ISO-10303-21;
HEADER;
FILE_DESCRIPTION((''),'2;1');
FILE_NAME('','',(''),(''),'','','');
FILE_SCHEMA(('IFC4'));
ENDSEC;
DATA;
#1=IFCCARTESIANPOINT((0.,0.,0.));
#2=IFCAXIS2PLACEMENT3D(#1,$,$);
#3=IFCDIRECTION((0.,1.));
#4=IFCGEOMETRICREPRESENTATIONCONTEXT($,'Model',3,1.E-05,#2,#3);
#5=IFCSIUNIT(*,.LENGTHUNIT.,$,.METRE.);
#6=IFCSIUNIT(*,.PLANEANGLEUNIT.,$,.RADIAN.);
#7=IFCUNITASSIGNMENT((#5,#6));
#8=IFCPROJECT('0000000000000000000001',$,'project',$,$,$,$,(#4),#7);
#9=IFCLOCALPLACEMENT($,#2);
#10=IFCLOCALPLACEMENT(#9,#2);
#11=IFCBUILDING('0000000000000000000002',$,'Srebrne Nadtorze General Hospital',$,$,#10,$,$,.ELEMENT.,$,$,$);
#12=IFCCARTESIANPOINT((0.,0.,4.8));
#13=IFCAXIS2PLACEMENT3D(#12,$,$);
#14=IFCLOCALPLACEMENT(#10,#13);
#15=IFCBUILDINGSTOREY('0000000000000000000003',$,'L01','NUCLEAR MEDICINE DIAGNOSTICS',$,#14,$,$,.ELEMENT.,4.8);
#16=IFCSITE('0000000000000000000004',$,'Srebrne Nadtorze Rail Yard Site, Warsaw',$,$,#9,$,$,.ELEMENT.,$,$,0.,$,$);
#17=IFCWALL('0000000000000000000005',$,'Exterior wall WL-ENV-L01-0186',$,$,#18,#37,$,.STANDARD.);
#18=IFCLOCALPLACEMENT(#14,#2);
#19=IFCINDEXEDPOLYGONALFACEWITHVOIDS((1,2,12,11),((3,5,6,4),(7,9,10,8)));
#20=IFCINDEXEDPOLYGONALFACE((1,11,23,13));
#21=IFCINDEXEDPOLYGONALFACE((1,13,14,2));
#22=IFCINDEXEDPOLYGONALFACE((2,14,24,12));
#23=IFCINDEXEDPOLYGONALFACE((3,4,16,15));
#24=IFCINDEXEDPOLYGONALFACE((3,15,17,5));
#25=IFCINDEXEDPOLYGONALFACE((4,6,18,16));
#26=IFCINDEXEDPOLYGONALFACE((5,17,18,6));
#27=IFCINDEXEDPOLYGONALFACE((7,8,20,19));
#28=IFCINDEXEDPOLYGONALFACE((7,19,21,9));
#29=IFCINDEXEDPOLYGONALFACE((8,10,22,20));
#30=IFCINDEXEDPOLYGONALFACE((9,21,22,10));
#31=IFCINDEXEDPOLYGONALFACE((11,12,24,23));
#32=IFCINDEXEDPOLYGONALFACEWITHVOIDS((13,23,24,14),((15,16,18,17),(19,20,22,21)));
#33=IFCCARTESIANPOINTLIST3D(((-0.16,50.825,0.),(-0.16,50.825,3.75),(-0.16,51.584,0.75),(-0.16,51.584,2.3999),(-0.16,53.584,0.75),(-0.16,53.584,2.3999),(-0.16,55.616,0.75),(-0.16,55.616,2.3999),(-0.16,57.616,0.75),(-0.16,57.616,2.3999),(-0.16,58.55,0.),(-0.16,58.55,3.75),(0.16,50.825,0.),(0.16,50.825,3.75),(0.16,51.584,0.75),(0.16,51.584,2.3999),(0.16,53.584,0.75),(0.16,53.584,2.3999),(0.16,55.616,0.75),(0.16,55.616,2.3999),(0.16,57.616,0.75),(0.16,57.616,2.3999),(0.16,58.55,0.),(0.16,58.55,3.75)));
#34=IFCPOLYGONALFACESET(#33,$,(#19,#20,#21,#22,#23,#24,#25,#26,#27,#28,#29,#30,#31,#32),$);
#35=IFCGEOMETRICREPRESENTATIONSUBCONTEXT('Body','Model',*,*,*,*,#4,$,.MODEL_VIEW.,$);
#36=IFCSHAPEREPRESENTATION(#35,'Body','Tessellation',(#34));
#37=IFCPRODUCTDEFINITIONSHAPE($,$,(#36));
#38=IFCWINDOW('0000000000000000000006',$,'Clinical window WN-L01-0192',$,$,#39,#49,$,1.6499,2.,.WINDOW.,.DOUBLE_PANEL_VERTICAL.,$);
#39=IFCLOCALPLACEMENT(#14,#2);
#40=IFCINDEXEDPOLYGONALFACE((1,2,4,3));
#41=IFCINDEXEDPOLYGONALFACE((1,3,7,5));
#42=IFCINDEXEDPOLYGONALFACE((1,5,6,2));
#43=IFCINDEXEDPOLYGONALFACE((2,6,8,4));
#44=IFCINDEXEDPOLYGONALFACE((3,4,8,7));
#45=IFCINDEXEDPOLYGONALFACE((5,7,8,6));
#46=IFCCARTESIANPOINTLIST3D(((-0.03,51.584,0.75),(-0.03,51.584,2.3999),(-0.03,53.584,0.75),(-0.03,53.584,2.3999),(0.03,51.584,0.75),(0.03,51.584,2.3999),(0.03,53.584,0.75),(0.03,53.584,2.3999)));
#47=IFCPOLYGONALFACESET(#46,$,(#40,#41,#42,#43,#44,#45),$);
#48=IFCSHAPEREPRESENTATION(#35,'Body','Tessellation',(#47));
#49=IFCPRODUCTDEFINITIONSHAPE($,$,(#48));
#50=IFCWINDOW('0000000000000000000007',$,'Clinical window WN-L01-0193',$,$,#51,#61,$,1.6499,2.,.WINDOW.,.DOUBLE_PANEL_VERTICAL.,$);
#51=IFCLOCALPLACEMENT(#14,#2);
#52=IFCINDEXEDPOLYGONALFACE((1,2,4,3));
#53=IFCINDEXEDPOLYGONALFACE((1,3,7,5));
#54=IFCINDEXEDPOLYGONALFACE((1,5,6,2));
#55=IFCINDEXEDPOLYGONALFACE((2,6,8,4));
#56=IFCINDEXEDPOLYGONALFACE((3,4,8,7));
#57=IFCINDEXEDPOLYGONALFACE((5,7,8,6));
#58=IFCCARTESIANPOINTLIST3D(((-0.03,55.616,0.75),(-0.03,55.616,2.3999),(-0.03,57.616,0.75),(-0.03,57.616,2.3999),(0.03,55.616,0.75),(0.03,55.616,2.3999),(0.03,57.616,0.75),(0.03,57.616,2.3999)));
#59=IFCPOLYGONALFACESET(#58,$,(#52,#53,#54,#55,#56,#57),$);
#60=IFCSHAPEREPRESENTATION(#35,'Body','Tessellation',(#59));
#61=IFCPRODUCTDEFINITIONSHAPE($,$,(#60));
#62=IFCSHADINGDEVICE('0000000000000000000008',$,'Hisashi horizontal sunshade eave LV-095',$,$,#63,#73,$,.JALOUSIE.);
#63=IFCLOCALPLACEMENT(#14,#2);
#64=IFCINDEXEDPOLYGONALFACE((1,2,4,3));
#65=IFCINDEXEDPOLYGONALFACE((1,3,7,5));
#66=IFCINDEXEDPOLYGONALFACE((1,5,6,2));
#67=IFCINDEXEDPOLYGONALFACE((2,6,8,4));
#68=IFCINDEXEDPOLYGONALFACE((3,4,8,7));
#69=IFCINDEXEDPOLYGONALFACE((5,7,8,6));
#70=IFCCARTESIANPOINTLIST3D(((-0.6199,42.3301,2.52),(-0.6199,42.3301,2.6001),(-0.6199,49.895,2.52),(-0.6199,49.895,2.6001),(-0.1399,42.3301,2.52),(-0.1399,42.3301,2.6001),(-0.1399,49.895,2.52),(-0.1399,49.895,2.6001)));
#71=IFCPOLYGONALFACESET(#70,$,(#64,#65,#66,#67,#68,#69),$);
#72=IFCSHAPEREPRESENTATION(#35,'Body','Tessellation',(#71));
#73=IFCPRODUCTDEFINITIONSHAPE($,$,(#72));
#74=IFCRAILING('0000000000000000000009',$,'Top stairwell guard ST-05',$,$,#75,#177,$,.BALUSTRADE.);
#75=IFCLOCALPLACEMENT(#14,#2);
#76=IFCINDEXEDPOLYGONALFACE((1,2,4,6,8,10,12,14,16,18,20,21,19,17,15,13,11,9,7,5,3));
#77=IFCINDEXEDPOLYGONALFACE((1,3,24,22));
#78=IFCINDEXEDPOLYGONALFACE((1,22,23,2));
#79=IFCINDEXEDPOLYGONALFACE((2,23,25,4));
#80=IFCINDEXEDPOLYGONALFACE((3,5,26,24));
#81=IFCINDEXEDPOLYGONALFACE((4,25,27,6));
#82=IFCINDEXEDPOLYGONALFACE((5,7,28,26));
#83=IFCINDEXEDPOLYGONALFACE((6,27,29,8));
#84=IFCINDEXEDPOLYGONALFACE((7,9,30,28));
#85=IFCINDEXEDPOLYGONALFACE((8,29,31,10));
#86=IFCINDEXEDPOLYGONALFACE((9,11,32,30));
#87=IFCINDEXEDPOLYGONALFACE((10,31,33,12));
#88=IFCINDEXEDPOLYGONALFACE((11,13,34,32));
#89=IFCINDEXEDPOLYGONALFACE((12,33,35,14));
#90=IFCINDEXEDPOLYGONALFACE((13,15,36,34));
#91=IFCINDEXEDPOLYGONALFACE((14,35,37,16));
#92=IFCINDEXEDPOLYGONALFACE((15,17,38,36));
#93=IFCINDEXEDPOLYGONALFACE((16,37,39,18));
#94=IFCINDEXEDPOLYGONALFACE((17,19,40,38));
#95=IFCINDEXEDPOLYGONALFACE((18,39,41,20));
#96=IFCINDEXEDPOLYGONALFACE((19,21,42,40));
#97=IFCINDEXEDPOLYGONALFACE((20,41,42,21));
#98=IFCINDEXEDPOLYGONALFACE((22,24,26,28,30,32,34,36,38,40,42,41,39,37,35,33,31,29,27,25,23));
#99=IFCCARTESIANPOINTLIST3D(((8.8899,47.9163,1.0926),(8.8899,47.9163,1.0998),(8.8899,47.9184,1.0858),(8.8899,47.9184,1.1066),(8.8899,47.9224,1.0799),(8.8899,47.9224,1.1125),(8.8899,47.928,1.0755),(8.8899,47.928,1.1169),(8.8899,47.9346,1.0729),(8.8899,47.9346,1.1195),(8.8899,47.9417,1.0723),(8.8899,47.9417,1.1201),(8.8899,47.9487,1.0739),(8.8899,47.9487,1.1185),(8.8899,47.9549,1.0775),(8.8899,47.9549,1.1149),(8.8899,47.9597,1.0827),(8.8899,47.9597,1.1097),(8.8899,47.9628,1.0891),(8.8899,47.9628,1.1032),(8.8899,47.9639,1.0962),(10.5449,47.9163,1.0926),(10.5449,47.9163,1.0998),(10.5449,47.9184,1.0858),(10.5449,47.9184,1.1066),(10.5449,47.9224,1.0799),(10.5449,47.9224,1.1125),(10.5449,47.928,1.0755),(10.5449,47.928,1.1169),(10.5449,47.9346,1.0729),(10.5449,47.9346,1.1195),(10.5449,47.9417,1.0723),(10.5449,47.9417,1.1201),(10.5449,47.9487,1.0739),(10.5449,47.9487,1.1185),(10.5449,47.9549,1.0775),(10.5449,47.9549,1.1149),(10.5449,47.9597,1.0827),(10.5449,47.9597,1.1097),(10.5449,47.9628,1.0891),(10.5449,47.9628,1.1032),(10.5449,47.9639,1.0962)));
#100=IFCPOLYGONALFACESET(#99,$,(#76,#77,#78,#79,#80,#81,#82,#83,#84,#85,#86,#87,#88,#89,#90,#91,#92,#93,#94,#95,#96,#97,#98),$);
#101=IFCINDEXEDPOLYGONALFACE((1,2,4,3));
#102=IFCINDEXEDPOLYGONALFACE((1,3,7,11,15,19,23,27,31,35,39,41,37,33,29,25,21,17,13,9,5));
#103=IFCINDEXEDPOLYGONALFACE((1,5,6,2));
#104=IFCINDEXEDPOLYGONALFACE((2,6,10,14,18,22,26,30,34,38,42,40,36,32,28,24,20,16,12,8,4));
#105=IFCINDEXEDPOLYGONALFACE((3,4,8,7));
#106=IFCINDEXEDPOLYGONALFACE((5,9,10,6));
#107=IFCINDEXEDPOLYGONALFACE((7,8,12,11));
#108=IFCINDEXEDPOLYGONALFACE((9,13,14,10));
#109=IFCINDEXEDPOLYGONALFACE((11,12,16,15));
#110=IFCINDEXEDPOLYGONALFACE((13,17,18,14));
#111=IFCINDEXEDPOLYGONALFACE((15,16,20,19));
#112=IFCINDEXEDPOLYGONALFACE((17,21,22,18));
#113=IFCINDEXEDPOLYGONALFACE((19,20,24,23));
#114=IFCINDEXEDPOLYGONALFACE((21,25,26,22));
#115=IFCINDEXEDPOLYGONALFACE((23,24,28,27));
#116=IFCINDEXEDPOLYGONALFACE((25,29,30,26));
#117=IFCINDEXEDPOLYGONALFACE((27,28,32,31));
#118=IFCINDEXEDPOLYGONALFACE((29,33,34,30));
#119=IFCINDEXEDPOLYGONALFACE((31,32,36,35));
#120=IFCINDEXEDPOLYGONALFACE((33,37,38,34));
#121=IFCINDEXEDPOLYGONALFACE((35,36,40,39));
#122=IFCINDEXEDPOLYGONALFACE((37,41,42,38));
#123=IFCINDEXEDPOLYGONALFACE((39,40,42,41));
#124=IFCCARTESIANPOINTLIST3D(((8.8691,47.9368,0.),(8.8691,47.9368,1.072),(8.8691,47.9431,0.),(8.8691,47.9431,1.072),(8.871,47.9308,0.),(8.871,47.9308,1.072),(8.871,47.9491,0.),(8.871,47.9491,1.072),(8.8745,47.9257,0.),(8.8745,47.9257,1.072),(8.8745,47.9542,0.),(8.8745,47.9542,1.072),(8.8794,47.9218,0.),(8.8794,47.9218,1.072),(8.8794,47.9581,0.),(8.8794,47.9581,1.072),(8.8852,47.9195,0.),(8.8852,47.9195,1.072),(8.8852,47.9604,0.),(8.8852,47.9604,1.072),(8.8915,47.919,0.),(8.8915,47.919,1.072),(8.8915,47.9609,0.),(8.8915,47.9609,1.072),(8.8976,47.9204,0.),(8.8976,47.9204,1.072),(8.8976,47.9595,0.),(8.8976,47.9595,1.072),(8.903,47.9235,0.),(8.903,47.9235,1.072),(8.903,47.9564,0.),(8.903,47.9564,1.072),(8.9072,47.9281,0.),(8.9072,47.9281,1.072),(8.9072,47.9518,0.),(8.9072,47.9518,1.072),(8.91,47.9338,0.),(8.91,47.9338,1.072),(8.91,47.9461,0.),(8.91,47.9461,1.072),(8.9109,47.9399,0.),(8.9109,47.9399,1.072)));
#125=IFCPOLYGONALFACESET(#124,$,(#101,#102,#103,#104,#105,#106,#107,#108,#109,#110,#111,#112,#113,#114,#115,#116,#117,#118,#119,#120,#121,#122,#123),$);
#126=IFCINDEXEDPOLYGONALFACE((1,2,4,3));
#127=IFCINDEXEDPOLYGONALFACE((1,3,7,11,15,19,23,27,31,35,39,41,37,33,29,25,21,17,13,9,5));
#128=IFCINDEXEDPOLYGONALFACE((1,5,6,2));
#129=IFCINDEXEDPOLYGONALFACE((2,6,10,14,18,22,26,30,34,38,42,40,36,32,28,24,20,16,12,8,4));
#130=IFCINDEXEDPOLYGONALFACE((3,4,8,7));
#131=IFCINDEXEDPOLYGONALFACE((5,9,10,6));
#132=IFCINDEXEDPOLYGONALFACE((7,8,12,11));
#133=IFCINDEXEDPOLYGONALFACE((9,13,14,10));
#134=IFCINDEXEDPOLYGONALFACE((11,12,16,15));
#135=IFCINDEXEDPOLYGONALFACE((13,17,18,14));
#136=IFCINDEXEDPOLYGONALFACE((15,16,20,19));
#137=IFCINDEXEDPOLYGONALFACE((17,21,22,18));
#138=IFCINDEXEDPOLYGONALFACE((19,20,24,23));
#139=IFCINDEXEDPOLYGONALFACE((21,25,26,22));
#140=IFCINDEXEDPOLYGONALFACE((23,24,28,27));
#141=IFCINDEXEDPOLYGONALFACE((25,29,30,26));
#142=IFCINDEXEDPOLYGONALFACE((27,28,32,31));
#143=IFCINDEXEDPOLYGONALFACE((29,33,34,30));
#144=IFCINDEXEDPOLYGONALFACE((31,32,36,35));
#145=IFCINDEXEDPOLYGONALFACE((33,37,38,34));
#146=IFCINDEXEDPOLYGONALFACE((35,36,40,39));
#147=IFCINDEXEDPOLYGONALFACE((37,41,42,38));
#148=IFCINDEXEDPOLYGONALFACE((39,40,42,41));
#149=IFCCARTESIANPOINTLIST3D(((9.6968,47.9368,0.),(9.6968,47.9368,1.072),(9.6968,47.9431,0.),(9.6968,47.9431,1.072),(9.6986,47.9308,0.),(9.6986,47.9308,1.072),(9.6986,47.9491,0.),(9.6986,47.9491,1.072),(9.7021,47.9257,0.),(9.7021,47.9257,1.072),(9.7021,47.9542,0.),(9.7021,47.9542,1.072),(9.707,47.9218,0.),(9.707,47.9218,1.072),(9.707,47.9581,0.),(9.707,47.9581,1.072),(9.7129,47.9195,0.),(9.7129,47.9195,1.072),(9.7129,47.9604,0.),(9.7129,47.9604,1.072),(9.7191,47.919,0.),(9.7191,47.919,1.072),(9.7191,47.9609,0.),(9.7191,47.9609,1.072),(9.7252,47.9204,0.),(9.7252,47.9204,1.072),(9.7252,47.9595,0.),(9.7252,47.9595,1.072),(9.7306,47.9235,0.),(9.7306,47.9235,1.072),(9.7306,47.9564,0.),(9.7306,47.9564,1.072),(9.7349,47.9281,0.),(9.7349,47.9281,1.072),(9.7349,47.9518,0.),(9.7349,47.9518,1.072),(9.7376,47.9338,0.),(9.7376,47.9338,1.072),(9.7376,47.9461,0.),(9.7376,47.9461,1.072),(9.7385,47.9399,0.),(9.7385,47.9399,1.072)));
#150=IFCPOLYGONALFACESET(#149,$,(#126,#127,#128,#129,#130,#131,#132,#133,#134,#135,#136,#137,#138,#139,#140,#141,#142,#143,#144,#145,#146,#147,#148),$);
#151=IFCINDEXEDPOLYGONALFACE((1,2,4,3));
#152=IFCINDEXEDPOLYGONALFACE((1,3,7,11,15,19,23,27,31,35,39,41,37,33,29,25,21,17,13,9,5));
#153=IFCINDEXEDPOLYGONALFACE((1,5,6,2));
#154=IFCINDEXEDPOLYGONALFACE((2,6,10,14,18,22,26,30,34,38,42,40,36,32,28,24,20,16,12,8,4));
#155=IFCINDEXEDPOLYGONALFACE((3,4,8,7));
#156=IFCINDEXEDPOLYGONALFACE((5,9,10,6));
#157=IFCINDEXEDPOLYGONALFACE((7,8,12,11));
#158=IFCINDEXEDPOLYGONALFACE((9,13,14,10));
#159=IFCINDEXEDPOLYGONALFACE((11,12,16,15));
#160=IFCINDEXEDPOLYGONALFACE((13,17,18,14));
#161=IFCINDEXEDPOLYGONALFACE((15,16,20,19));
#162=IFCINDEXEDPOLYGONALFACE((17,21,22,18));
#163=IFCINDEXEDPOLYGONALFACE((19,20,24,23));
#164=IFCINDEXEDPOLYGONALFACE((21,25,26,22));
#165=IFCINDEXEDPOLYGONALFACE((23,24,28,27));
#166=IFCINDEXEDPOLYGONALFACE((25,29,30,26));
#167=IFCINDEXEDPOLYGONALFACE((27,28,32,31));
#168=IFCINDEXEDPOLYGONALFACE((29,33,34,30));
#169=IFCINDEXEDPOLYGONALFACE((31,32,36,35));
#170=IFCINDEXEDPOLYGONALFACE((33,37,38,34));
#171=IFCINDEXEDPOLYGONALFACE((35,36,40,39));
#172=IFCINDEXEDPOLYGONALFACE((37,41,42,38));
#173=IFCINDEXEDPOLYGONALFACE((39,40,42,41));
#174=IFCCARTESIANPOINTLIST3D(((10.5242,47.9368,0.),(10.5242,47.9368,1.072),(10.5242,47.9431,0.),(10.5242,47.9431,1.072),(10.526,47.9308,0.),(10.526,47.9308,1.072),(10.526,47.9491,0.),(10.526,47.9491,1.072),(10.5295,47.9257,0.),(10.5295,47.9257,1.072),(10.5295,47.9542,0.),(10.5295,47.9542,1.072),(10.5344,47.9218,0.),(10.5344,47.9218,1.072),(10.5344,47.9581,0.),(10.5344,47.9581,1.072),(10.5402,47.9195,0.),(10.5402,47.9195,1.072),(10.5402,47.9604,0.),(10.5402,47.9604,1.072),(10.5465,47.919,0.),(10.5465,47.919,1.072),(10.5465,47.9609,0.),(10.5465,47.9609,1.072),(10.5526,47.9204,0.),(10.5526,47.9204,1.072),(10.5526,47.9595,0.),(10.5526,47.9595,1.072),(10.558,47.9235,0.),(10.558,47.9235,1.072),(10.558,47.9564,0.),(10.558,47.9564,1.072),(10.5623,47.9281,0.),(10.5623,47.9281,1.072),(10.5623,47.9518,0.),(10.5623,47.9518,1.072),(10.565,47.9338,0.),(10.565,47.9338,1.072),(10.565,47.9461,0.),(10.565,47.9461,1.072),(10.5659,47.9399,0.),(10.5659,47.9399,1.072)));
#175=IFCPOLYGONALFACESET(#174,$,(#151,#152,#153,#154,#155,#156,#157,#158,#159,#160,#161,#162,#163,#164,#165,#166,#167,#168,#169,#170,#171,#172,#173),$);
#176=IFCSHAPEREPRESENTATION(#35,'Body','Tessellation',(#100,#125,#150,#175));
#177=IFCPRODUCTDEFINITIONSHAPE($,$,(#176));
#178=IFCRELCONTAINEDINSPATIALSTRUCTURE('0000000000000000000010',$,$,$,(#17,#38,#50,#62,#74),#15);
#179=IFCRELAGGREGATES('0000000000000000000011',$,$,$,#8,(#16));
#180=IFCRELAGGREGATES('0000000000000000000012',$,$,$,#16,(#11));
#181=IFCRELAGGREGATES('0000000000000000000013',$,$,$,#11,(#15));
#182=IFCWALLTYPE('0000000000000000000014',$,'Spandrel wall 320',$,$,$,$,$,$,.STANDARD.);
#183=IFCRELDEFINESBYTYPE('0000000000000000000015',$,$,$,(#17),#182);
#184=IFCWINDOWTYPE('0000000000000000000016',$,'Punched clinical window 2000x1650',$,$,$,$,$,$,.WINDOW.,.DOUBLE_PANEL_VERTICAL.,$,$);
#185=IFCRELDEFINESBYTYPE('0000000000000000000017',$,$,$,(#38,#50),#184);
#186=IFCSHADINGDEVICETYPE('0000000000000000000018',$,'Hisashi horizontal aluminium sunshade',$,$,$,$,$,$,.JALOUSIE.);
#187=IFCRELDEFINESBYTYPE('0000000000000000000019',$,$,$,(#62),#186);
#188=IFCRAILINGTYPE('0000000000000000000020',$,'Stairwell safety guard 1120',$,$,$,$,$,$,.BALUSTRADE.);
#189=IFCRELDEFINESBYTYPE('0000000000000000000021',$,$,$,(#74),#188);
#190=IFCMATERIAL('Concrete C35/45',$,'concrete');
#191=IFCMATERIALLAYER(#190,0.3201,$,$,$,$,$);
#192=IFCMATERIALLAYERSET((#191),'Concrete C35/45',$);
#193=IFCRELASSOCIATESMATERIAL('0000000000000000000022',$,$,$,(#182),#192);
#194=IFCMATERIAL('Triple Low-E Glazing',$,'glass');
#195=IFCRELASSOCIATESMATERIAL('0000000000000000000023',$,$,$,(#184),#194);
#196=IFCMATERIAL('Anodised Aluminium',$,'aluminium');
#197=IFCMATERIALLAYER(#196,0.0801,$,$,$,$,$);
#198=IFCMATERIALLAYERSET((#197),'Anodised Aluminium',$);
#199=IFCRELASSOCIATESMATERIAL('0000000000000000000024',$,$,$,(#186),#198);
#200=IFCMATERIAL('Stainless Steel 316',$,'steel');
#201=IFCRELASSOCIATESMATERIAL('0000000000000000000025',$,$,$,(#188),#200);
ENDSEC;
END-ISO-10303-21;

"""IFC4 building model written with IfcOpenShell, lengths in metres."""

from ifc_helpers import new_model, si_unit, direction, frame, frame_2d, origin, origin_2d, place, context, subcontext, project, spatial, rectangle, circle, extrude, material, layer, layer_set, type_object, element, fill, save


model = new_model("IFC4")

# Units and contexts
model_context = context("Model", 3, precision=1e-05, world=origin(), true_north=direction((0.0, 1.0)))
body_context = subcontext(model_context, "Body", "Model", "MODEL_VIEW")
ifc_project = project(units=[si_unit("LENGTHUNIT", "METRE"), si_unit("PLANEANGLEUNIT", "RADIAN")], contexts=[model_context])

# Site, building, storey
site_placement = place(None, origin())
site = spatial("IfcSite", under=ifc_project, at=site_placement, Name="Srebrne Nadtorze Rail Yard Site, Warsaw", CompositionType="ELEMENT", RefElevation=0.0)
building_placement = place(site_placement, origin())
building = spatial("IfcBuilding", under=site, at=building_placement, Name="Srebrne Nadtorze General Hospital", CompositionType="ELEMENT")
storey_placement = place(building_placement, frame((0.0, 0.0, 4.8)))
storey = spatial("IfcBuildingStorey", under=building, at=storey_placement, Name="L01", Description="NUCLEAR MEDICINE DIAGNOSTICS", CompositionType="ELEMENT", Elevation=4.8)

# Wall, openings, windows
ifc_material_1 = material(Name="Concrete C35/45", Category="concrete")
ifc_layer_1 = layer(ifc_material_1, 0.3201)
ifc_layer_set_1 = layer_set([ifc_layer_1], Name="Concrete C35/45")
wall_type_1 = type_object("IfcWallType", Name="Spandrel wall 320", PredefinedType="STANDARD", material=ifc_layer_set_1)
wall_1_placement = place(storey_placement, frame((0.0, 50.825, 0.0), z_axis=(0.0, 0.0, 1.0), x_axis=(0.0, 1.0, 0.0)))
wall_1 = element("IfcWall", 1, at=wall_1_placement, inside=storey, type_object=wall_type_1, Name="Exterior wall WL-ENV-L01-0186", PredefinedType="STANDARD", context=body_context, shape_type="SweptSolid", body=[
    extrude(rectangle(XDim=7.7251, YDim=0.3201, at=frame_2d((3.8625, 0.0))), origin(), (0.0, 0.0, 1.0), 3.75),
])
opening_1_placement = place(wall_1_placement, frame((0.759, 0.0, 0.75)))
opening_1 = element("IfcOpeningElement", 2, at=opening_1_placement, cuts=wall_1, PredefinedType="OPENING", context=body_context, shape_type="SweptSolid", body=[
    extrude(rectangle(XDim=2.0, YDim=1.6499, at=frame_2d((1.0, 0.825))), frame((0.0, 0.1719, 0.0), z_axis=(0.0, -1.0, 0.0), x_axis=(1.0, 0.0, 0.0)), (0.0, 0.0, 1.0), 0.344),
])
opening_2_placement = place(wall_1_placement, frame((4.791, 0.0, 0.75)))
opening_2 = element("IfcOpeningElement", 3, at=opening_2_placement, cuts=wall_1, PredefinedType="OPENING", context=body_context, shape_type="SweptSolid", body=[
    extrude(rectangle(XDim=2.0, YDim=1.6499, at=frame_2d((1.0, 0.825))), frame((0.0, 0.1719, 0.0), z_axis=(0.0, -1.0, 0.0), x_axis=(1.0, 0.0, 0.0)), (0.0, 0.0, 1.0), 0.344),
])
ifc_material_2 = material(Name="Triple Low-E Glazing", Category="glass")
window_type = type_object("IfcWindowType", Name="Punched clinical window 2000x1650", PartitioningType="DOUBLE_PANEL_VERTICAL", PredefinedType="WINDOW", material=ifc_material_2)
window_1_placement = place(opening_1_placement, origin())
window_1 = element("IfcWindow", 4, at=window_1_placement, inside=storey, type_object=window_type, Name="Clinical window WN-L01-0192", OverallHeight=1.6499, OverallWidth=2.0, PartitioningType="DOUBLE_PANEL_VERTICAL", PredefinedType="WINDOW", context=body_context, shape_type="SweptSolid", body=[
    extrude(rectangle(XDim=2.0, YDim=1.6499, at=frame_2d((1.0, 0.825))), frame((0.0, 0.03, 0.0), z_axis=(0.0, -1.0, 0.0), x_axis=(1.0, 0.0, 0.0)), (0.0, 0.0, 1.0), 0.0601),
])
fill(opening_1, window_1)
window_2_placement = place(opening_2_placement, origin())
window_2 = element("IfcWindow", 5, at=window_2_placement, inside=storey, type_object=window_type, Name="Clinical window WN-L01-0193", OverallHeight=1.6499, OverallWidth=2.0, PartitioningType="DOUBLE_PANEL_VERTICAL", PredefinedType="WINDOW", context=body_context, shape_type="SweptSolid", body=[
    extrude(rectangle(XDim=2.0, YDim=1.6499, at=frame_2d((1.0, 0.825))), frame((0.0, 0.03, 0.0), z_axis=(0.0, -1.0, 0.0), x_axis=(1.0, 0.0, 0.0)), (0.0, 0.0, 1.0), 0.0601),
])
fill(opening_2, window_2)

# Shading device
ifc_material_3 = material(Name="Anodised Aluminium", Category="aluminium")
ifc_layer_2 = layer(ifc_material_3, 0.0801)
ifc_layer_set_2 = layer_set([ifc_layer_2], Name="Anodised Aluminium")
shading_device_type = type_object("IfcShadingDeviceType", Name="Hisashi horizontal aluminium sunshade", PredefinedType="JALOUSIE", material=ifc_layer_set_2)
shading_device_placement = place(storey_placement, frame((-0.3799, 46.1125, 2.52), z_axis=(0.0, 0.0, 1.0), x_axis=(1.0, 0.0, 0.0)))
element("IfcShadingDevice", 6, at=shading_device_placement, inside=storey, type_object=shading_device_type, Name="Hisashi horizontal sunshade eave LV-095", PredefinedType="JALOUSIE", context=body_context, shape_type="SweptSolid", body=[
    extrude(rectangle(XDim=0.48, YDim=7.5649, at=origin_2d()), origin(), (0.0, 0.0, 1.0), 0.0801),
])

# Railing
ifc_material_4 = material(Name="Stainless Steel 316", Category="steel")
railing_type = type_object("IfcRailingType", Name="Stairwell safety guard 1120", PredefinedType="BALUSTRADE", material=ifc_material_4)
railing_placement = place(storey_placement, frame((8.8899, 47.9399, 0.0)))
element("IfcRailing", 7, at=railing_placement, inside=storey, type_object=railing_type, Name="Top stairwell guard ST-05", PredefinedType="BALUSTRADE", context=body_context, shape_type="SweptSolid", body=[
    extrude(circle(Radius=0.0239, at=origin_2d()), frame((0.0, 0.0, 1.0962), z_axis=(1.0, 0.0, 0.0), x_axis=(0.0, 1.0, 0.0)), (0.0, 0.0, 1.0), 1.655),
    extrude(circle(Radius=0.021, at=origin_2d()), origin(), (0.0, 0.0, 1.0), 1.072),
    extrude(circle(Radius=0.021, at=origin_2d()), frame((0.8276, 0.0, 0.0)), (0.0, 0.0, 1.0), 1.072),
    extrude(circle(Radius=0.021, at=origin_2d()), frame((1.655, 0.0, 0.0)), (0.0, 0.0, 1.0), 1.072),
])

save(model, "model.ifc")
